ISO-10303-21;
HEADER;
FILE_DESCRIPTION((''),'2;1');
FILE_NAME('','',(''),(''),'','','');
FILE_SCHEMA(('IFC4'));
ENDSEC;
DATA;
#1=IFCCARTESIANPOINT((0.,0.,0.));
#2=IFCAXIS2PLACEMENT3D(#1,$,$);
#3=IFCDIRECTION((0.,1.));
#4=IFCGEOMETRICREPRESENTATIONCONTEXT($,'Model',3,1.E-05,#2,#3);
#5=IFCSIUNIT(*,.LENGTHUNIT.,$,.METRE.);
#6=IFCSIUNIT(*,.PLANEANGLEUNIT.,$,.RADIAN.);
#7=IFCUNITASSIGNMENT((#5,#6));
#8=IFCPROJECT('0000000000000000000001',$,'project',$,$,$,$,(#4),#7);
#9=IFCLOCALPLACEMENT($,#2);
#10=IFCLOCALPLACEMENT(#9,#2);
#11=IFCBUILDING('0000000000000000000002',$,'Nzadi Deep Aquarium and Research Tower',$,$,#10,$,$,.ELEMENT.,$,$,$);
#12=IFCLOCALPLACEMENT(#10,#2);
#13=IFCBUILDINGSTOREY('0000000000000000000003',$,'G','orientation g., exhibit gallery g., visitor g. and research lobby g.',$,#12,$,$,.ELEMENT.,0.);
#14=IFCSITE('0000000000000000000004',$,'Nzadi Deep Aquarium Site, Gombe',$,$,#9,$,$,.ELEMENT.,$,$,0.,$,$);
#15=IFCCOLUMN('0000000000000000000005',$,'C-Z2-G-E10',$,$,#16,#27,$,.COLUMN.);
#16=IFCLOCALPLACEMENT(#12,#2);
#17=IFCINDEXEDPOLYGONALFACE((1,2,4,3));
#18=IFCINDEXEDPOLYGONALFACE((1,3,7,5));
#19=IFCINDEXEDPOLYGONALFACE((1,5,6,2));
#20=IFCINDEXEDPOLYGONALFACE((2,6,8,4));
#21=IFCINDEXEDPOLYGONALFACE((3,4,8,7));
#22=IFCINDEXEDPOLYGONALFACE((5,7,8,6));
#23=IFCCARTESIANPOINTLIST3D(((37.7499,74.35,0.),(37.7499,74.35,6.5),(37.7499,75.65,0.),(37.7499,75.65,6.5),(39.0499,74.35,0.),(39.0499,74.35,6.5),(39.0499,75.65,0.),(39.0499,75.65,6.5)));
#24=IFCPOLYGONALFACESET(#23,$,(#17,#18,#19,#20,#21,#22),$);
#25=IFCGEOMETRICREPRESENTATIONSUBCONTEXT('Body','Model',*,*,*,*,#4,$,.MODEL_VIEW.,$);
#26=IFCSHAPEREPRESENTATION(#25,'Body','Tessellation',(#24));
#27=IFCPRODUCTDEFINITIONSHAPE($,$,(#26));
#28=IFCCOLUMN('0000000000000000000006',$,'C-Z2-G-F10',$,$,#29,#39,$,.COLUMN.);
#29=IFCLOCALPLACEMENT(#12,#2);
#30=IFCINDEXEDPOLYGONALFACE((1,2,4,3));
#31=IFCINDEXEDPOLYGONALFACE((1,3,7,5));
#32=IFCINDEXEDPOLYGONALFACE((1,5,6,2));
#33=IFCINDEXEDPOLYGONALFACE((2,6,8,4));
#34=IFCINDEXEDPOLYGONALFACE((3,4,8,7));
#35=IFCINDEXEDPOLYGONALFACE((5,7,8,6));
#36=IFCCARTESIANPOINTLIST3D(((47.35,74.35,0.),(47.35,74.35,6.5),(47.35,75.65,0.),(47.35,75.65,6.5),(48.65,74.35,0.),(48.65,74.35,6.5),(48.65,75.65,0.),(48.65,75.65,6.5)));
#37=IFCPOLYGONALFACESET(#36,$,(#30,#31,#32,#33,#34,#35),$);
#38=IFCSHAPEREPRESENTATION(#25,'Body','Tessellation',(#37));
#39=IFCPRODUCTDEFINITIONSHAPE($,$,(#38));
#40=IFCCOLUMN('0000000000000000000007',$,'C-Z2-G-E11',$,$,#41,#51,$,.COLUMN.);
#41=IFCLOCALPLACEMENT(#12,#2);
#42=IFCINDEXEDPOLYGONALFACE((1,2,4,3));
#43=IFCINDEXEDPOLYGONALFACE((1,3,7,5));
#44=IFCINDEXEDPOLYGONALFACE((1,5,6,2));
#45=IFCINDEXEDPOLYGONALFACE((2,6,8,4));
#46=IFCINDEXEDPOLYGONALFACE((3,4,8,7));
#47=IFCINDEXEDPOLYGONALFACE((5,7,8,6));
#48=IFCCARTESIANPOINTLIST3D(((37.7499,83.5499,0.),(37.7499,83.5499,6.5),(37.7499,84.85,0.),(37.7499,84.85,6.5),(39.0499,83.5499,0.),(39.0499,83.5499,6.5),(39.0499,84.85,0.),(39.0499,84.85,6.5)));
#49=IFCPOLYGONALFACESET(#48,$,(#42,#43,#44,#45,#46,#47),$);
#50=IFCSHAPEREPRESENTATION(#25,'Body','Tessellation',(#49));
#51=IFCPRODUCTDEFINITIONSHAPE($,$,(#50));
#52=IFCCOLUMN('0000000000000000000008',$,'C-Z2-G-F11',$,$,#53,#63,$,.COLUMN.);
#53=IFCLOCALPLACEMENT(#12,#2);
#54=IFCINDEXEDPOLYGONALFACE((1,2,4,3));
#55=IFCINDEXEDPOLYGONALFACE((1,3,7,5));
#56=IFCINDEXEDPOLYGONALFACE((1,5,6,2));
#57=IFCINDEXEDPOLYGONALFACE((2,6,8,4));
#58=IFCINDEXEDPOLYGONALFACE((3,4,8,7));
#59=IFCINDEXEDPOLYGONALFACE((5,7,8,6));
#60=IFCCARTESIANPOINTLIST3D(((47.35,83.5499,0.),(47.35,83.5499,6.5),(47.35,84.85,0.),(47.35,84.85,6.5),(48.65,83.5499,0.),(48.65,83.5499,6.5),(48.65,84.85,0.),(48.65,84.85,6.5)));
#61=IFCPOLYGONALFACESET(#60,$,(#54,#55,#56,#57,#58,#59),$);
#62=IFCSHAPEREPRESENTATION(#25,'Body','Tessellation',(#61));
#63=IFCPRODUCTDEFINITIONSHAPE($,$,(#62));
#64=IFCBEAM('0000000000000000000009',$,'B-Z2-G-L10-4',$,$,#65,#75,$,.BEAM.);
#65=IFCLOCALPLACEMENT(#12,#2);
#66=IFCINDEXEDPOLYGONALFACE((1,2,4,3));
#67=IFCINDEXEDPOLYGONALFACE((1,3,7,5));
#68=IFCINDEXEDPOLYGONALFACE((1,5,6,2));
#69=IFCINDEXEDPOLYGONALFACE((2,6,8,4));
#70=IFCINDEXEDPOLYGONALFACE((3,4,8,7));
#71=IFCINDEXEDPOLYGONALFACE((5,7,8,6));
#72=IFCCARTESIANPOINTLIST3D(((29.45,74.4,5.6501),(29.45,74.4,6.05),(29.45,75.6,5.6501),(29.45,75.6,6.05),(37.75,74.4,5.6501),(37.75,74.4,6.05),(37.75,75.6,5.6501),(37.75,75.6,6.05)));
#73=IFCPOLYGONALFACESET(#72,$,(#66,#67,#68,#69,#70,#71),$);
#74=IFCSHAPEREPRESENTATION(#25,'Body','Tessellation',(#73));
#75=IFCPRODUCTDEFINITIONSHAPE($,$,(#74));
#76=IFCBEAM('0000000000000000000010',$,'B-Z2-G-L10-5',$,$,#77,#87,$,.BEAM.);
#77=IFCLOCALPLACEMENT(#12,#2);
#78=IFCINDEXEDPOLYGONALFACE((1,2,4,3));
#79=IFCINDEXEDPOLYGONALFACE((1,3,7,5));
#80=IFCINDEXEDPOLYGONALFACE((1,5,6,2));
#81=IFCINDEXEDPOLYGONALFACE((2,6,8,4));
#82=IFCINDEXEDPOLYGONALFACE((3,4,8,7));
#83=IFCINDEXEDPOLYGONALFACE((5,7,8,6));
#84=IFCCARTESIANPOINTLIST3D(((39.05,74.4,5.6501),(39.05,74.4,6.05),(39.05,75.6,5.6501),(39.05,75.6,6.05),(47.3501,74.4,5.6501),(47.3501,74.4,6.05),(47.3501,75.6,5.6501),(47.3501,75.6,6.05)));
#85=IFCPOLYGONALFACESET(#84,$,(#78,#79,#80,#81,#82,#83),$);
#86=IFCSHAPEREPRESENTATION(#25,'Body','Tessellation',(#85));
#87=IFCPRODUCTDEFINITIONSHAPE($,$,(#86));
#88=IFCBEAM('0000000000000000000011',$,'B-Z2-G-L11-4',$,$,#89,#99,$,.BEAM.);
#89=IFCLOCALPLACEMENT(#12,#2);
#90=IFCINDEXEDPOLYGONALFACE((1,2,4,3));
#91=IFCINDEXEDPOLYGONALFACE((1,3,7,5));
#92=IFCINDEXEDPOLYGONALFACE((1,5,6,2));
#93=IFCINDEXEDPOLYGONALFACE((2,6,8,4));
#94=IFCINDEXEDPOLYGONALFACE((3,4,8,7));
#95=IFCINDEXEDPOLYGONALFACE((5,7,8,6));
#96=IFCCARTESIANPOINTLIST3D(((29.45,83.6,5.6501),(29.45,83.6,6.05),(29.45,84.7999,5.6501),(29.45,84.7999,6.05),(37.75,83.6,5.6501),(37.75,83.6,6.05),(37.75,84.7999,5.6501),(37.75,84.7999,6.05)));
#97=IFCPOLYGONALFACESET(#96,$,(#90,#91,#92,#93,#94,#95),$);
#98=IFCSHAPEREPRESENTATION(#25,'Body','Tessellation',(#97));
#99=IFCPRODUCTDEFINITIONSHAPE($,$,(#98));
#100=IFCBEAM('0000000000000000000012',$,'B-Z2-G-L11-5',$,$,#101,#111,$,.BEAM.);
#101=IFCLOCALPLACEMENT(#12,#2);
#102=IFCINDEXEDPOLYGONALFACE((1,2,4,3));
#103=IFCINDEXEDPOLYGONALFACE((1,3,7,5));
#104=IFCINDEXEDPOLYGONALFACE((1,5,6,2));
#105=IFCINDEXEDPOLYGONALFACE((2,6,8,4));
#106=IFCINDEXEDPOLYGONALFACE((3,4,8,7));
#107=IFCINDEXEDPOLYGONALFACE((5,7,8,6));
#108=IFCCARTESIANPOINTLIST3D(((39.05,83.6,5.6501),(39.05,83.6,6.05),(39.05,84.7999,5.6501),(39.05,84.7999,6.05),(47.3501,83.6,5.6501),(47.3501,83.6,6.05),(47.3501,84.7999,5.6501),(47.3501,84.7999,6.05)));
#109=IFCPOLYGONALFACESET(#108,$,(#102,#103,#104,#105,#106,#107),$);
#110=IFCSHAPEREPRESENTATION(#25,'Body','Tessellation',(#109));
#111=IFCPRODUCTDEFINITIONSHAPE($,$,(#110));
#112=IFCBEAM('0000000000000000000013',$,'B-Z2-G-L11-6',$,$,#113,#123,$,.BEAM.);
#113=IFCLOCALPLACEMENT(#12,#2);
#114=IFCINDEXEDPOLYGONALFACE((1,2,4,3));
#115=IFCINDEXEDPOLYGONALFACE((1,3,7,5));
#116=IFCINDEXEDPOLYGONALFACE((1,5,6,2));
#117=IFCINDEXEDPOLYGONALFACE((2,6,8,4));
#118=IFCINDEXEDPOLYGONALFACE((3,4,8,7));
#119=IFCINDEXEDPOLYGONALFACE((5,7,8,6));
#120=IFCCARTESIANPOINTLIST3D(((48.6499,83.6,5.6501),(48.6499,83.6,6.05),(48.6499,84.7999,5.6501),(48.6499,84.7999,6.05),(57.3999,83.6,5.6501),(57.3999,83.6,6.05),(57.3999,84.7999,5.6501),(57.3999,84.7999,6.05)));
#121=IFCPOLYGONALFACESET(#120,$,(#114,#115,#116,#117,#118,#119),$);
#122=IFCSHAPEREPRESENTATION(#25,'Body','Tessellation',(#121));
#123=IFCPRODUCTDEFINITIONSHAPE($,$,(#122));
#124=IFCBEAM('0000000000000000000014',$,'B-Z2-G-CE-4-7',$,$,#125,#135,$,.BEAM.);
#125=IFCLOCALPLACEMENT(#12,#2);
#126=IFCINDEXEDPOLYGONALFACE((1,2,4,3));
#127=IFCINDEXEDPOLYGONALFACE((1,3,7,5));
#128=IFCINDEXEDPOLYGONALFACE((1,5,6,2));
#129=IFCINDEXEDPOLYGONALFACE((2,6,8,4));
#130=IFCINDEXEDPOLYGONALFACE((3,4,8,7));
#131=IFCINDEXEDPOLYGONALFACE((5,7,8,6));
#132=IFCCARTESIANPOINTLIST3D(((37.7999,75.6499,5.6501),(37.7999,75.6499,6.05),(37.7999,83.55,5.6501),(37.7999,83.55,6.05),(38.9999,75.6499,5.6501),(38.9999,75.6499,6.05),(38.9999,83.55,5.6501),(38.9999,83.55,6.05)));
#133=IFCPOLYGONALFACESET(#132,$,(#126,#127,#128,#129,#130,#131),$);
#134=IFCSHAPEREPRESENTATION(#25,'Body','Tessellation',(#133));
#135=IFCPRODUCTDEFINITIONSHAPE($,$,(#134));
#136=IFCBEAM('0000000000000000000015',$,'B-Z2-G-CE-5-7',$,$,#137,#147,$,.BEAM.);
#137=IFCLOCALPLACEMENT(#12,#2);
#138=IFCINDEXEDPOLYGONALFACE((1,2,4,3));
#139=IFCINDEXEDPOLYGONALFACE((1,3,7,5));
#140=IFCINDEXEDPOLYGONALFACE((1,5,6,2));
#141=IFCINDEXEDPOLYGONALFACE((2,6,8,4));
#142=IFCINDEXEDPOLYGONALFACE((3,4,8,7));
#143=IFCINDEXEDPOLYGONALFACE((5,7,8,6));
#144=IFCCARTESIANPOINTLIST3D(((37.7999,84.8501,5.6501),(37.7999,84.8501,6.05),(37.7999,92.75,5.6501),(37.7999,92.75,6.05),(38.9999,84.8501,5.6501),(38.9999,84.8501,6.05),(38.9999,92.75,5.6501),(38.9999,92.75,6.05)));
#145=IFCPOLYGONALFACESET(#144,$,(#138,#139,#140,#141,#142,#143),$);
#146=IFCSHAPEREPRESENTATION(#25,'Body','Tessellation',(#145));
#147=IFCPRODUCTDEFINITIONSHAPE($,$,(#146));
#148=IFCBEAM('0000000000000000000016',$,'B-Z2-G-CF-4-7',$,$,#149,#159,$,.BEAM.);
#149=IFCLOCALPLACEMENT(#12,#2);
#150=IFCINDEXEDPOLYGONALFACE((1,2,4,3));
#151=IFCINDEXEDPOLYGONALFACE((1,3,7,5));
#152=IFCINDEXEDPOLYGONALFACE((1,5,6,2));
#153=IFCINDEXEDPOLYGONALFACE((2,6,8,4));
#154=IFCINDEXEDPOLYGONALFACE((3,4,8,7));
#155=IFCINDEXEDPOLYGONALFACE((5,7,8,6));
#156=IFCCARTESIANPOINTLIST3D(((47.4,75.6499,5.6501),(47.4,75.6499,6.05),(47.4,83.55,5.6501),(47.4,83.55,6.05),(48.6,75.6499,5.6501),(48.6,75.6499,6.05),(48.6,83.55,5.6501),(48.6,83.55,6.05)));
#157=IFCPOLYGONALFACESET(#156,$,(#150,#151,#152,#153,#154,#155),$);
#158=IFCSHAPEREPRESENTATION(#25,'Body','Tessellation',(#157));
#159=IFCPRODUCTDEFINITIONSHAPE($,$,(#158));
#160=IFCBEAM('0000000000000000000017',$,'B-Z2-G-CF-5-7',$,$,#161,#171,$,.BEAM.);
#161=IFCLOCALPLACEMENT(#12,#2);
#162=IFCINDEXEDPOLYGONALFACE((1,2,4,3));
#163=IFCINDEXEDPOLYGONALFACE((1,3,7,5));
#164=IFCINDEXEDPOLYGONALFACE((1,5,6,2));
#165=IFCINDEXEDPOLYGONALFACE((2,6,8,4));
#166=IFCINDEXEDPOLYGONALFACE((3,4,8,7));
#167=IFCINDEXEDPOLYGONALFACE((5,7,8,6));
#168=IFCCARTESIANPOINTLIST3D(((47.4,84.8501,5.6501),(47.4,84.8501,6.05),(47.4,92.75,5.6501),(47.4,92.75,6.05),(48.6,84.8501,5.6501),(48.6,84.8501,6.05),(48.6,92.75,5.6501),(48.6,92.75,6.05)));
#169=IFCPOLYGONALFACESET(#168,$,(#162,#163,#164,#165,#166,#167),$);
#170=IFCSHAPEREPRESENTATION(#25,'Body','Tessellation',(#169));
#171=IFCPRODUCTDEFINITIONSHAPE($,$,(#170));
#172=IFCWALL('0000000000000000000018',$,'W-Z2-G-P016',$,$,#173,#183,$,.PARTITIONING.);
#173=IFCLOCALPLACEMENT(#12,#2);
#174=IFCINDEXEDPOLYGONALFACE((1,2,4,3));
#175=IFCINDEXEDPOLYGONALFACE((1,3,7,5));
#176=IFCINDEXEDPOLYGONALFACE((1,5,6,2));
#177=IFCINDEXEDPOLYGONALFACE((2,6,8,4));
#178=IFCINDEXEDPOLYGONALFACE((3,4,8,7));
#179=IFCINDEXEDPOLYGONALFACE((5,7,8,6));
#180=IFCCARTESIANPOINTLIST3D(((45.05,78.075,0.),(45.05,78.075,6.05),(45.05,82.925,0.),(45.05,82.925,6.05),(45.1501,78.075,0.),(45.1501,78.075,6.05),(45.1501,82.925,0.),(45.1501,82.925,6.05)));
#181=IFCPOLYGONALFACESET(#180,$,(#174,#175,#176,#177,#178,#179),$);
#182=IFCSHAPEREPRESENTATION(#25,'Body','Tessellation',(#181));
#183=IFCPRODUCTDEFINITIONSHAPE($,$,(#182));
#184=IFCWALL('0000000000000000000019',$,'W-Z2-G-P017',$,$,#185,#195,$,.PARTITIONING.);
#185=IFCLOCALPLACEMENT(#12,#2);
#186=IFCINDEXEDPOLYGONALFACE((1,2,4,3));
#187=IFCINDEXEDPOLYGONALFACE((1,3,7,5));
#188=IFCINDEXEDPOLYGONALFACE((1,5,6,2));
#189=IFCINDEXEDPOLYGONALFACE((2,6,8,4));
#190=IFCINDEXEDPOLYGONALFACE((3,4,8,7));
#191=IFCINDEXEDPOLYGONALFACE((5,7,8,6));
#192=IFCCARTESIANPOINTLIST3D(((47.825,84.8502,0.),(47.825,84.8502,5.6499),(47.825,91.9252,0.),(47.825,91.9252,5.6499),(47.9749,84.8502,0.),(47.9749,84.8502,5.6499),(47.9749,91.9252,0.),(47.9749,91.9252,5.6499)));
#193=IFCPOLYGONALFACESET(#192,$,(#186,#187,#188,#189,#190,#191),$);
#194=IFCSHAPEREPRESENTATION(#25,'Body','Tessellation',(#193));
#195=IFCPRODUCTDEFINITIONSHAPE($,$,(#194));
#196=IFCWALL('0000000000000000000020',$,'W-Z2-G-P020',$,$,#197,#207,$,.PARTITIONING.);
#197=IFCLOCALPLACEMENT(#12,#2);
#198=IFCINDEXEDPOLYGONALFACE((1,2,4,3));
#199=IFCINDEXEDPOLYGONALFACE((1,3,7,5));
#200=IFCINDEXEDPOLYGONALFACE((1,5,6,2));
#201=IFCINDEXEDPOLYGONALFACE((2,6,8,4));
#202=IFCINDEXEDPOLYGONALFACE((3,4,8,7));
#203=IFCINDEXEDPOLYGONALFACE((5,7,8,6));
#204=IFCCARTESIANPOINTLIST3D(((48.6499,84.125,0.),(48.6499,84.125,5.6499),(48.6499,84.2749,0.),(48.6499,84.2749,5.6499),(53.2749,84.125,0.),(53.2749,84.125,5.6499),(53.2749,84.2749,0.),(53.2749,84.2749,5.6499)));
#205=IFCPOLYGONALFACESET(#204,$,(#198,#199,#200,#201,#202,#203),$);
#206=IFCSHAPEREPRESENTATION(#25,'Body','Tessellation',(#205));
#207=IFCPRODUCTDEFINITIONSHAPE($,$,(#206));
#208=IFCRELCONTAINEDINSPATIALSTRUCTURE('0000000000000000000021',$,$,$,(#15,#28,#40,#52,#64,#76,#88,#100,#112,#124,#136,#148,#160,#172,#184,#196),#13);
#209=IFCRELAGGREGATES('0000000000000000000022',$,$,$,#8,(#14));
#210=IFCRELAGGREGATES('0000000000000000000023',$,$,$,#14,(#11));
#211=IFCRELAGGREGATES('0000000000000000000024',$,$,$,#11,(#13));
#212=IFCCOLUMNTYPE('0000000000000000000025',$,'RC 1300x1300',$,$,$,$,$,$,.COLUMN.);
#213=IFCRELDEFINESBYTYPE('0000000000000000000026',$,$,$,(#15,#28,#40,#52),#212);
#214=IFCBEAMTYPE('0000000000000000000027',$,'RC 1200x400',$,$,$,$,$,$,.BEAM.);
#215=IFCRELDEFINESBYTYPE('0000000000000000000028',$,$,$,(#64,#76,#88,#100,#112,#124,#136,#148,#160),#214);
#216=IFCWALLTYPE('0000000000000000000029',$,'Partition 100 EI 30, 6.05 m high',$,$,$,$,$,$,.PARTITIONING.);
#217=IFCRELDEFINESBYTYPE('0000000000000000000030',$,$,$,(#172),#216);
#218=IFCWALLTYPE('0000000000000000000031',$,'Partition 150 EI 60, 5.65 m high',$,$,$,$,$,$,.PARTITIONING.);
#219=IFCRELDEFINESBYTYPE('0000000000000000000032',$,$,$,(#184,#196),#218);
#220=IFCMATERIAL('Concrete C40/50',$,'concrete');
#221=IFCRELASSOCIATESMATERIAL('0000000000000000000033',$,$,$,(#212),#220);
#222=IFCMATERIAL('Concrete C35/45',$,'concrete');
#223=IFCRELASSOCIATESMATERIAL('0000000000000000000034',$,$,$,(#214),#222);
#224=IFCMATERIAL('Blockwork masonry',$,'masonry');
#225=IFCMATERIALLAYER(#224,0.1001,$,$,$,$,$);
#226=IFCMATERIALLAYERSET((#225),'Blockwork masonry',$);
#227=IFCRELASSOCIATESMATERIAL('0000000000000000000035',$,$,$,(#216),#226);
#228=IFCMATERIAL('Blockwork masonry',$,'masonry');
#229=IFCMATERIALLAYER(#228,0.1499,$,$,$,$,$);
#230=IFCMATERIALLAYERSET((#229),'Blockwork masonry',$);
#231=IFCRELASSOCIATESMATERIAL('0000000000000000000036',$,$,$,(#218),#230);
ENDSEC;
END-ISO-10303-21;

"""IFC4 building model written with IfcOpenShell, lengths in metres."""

from ifc_helpers import new_model, si_unit, direction, frame, frame_2d, origin, origin_2d, place, context, subcontext, project, spatial, rectangle, extrude, material, layer, layer_set, material_profile, profile_set, type_object, element, save


model = new_model("IFC4")

# Units and contexts
model_context = context("Model", 3, precision=1e-05, world=origin(), true_north=direction((0.0, 1.0)))
body_context = subcontext(model_context, "Body", "Model", "MODEL_VIEW")
ifc_project = project(units=[si_unit("LENGTHUNIT", "METRE"), si_unit("PLANEANGLEUNIT", "RADIAN")], contexts=[model_context])

# Site, building, storey
site_placement = place(None, origin())
site = spatial("IfcSite", under=ifc_project, at=site_placement, Name="Nzadi Deep Aquarium Site, Gombe", CompositionType="ELEMENT", RefElevation=0.0)
building_placement = place(site_placement, origin())
building = spatial("IfcBuilding", under=site, at=building_placement, Name="Nzadi Deep Aquarium and Research Tower", CompositionType="ELEMENT")
storey_placement = place(building_placement, origin())
storey = spatial("IfcBuildingStorey", under=building, at=storey_placement, Name="G", Description="orientation g., exhibit gallery g., visitor g. and research lobby g.", CompositionType="ELEMENT", Elevation=0.0)

# Columns
ifc_material_1 = material(Name="Concrete C40/50", Category="concrete")
ifc_material_profile_1 = material_profile(ifc_material_1, rectangle(XDim=1.3, YDim=1.3, at=origin_2d()))
ifc_profile_set_1 = profile_set([ifc_material_profile_1], Name="Concrete C40/50")
column_type = type_object("IfcColumnType", Name="RC 1300x1300", PredefinedType="COLUMN", material=ifc_profile_set_1)
for number, where, z_axis, x_axis, name in (
    (1, (38.3999, 75.0, 0.0), (0.0, 0.0, 1.0), (1.0, 0.0, 0.0), "C-Z2-G-E10"),
    (2, (48.0, 75.0, 0.0), (0.0, 0.0, 1.0), (1.0, 0.0, 0.0), "C-Z2-G-F10"),
    (3, (38.3999, 84.2, 0.0), (0.0, 0.0, 1.0), (1.0, 0.0, 0.0), "C-Z2-G-E11"),
    (4, (48.0, 84.2, 0.0), (0.0, 0.0, 1.0), (1.0, 0.0, 0.0), "C-Z2-G-F11"),
):
    element("IfcColumn", number, at=place(storey_placement, frame(where, z_axis=z_axis, x_axis=x_axis)), inside=storey, type_object=column_type, Name=name, PredefinedType="COLUMN", context=body_context, shape_type="SweptSolid", body=[
        extrude(rectangle(XDim=1.3, YDim=1.3, at=origin_2d()), origin(), (0.0, 0.0, 1.0), 6.5),
    ])

# Beams
ifc_material_2 = material(Name="Concrete C35/45", Category="concrete")
ifc_material_profile_2 = material_profile(ifc_material_2, rectangle(XDim=1.2, YDim=0.3999, at=origin_2d()))
ifc_profile_set_2 = profile_set([ifc_material_profile_2], Name="Concrete C35/45")
beam_type = type_object("IfcBeamType", Name="RC 1200x400", PredefinedType="BEAM", material=ifc_profile_set_2)
for number, where, z_axis, x_axis, name in (
    (5, (29.45, 75.0, 5.8501), (1.0, 0.0, 0.0), (0.0, 1.0, 0.0), "B-Z2-G-L10-4"),
    (6, (39.05, 75.0, 5.8501), (1.0, 0.0, 0.0), (0.0, 1.0, 0.0), "B-Z2-G-L10-5"),
    (7, (29.45, 84.2, 5.8501), (1.0, 0.0, 0.0), (0.0, 1.0, 0.0), "B-Z2-G-L11-4"),
    (8, (39.05, 84.2, 5.8501), (1.0, 0.0, 0.0), (0.0, 1.0, 0.0), "B-Z2-G-L11-5"),
):
    element("IfcBeam", number, at=place(storey_placement, frame(where, z_axis=z_axis, x_axis=x_axis)), inside=storey, type_object=beam_type, Name=name, PredefinedType="BEAM", context=body_context, shape_type="SweptSolid", body=[
        extrude(rectangle(XDim=1.2, YDim=0.3999, at=origin_2d()), origin(), (0.0, 0.0, 1.0), 8.3),
    ])
beam_1_placement = place(storey_placement, frame((48.6499, 84.2, 5.8501), z_axis=(1.0, 0.0, 0.0), x_axis=(0.0, 1.0, 0.0)))
element("IfcBeam", 9, at=beam_1_placement, inside=storey, type_object=beam_type, Name="B-Z2-G-L11-6", PredefinedType="BEAM", context=body_context, shape_type="SweptSolid", body=[
    extrude(rectangle(XDim=1.2, YDim=0.3999, at=origin_2d()), origin(), (0.0, 0.0, 1.0), 8.75),
])
beam_2_placement = place(storey_placement, frame((38.3999, 75.6499, 5.8501), z_axis=(0.0, 1.0, 0.0), x_axis=(-1.0, 0.0, 0.0)))
element("IfcBeam", 10, at=beam_2_placement, inside=storey, type_object=beam_type, Name="B-Z2-G-CE-4-7", PredefinedType="BEAM", context=body_context, shape_type="SweptSolid", body=[
    extrude(rectangle(XDim=1.2, YDim=0.3999, at=origin_2d()), origin(), (0.0, 0.0, 1.0), 7.9001),
])
beam_3_placement = place(storey_placement, frame((38.3999, 84.8501, 5.8501), z_axis=(0.0, 1.0, 0.0), x_axis=(-1.0, 0.0, 0.0)))
element("IfcBeam", 11, at=beam_3_placement, inside=storey, type_object=beam_type, Name="B-Z2-G-CE-5-7", PredefinedType="BEAM", context=body_context, shape_type="SweptSolid", body=[
    extrude(rectangle(XDim=1.2, YDim=0.3999, at=origin_2d()), origin(), (0.0, 0.0, 1.0), 7.8999),
])
beam_4_placement = place(storey_placement, frame((48.0, 75.6499, 5.8501), z_axis=(0.0, 1.0, 0.0), x_axis=(-1.0, 0.0, 0.0)))
element("IfcBeam", 12, at=beam_4_placement, inside=storey, type_object=beam_type, Name="B-Z2-G-CF-4-7", PredefinedType="BEAM", context=body_context, shape_type="SweptSolid", body=[
    extrude(rectangle(XDim=1.2, YDim=0.3999, at=origin_2d()), origin(), (0.0, 0.0, 1.0), 7.9001),
])
beam_5_placement = place(storey_placement, frame((48.0, 84.8501, 5.8501), z_axis=(0.0, 1.0, 0.0), x_axis=(-1.0, 0.0, 0.0)))
element("IfcBeam", 13, at=beam_5_placement, inside=storey, type_object=beam_type, Name="B-Z2-G-CF-5-7", PredefinedType="BEAM", context=body_context, shape_type="SweptSolid", body=[
    extrude(rectangle(XDim=1.2, YDim=0.3999, at=origin_2d()), origin(), (0.0, 0.0, 1.0), 7.8999),
])

# Walls
ifc_material_3 = material(Name="Blockwork masonry", Category="masonry")
ifc_layer_1 = layer(ifc_material_3, 0.1001)
ifc_layer_set_1 = layer_set([ifc_layer_1], Name="Blockwork masonry")
wall_type_1 = type_object("IfcWallType", Name="Partition 100 EI 30, 6.05 m high", PredefinedType="PARTITIONING", material=ifc_layer_set_1)
wall_1_placement = place(storey_placement, frame((45.1001, 78.075, 0.0), z_axis=(0.0, 0.0, 1.0), x_axis=(0.0, 1.0, 0.0)))
element("IfcWall", 14, at=wall_1_placement, inside=storey, type_object=wall_type_1, Name="W-Z2-G-P016", PredefinedType="PARTITIONING", context=body_context, shape_type="SweptSolid", body=[
    extrude(rectangle(XDim=4.8501, YDim=0.1001, at=frame_2d((2.425, 0.0))), origin(), (0.0, 0.0, 1.0), 6.05),
])
ifc_material_4 = material(Name="Blockwork masonry", Category="masonry")
ifc_layer_2 = layer(ifc_material_4, 0.1499)
ifc_layer_set_2 = layer_set([ifc_layer_2], Name="Blockwork masonry")
wall_type_2 = type_object("IfcWallType", Name="Partition 150 EI 60, 5.65 m high", PredefinedType="PARTITIONING", material=ifc_layer_set_2)
wall_2_placement = place(storey_placement, frame((47.8999, 84.8501, 0.0), z_axis=(0.0, 0.0, 1.0), x_axis=(0.0, 1.0, 0.0)))
element("IfcWall", 15, at=wall_2_placement, inside=storey, type_object=wall_type_2, Name="W-Z2-G-P017", PredefinedType="PARTITIONING", context=body_context, shape_type="SweptSolid", body=[
    extrude(rectangle(XDim=7.075, YDim=0.1499, at=frame_2d((3.5376, 0.0))), origin(), (0.0, 0.0, 1.0), 5.6499),
])
wall_3_placement = place(storey_placement, frame((48.6499, 84.2, 0.0), z_axis=(0.0, 0.0, 1.0), x_axis=(1.0, 0.0, 0.0)))
element("IfcWall", 16, at=wall_3_placement, inside=storey, type_object=wall_type_2, Name="W-Z2-G-P020", PredefinedType="PARTITIONING", context=body_context, shape_type="SweptSolid", body=[
    extrude(rectangle(XDim=4.625, YDim=0.1499, at=frame_2d((2.3125, 0.0))), origin(), (0.0, 0.0, 1.0), 5.6499),
])

save(model, "model.ifc")
